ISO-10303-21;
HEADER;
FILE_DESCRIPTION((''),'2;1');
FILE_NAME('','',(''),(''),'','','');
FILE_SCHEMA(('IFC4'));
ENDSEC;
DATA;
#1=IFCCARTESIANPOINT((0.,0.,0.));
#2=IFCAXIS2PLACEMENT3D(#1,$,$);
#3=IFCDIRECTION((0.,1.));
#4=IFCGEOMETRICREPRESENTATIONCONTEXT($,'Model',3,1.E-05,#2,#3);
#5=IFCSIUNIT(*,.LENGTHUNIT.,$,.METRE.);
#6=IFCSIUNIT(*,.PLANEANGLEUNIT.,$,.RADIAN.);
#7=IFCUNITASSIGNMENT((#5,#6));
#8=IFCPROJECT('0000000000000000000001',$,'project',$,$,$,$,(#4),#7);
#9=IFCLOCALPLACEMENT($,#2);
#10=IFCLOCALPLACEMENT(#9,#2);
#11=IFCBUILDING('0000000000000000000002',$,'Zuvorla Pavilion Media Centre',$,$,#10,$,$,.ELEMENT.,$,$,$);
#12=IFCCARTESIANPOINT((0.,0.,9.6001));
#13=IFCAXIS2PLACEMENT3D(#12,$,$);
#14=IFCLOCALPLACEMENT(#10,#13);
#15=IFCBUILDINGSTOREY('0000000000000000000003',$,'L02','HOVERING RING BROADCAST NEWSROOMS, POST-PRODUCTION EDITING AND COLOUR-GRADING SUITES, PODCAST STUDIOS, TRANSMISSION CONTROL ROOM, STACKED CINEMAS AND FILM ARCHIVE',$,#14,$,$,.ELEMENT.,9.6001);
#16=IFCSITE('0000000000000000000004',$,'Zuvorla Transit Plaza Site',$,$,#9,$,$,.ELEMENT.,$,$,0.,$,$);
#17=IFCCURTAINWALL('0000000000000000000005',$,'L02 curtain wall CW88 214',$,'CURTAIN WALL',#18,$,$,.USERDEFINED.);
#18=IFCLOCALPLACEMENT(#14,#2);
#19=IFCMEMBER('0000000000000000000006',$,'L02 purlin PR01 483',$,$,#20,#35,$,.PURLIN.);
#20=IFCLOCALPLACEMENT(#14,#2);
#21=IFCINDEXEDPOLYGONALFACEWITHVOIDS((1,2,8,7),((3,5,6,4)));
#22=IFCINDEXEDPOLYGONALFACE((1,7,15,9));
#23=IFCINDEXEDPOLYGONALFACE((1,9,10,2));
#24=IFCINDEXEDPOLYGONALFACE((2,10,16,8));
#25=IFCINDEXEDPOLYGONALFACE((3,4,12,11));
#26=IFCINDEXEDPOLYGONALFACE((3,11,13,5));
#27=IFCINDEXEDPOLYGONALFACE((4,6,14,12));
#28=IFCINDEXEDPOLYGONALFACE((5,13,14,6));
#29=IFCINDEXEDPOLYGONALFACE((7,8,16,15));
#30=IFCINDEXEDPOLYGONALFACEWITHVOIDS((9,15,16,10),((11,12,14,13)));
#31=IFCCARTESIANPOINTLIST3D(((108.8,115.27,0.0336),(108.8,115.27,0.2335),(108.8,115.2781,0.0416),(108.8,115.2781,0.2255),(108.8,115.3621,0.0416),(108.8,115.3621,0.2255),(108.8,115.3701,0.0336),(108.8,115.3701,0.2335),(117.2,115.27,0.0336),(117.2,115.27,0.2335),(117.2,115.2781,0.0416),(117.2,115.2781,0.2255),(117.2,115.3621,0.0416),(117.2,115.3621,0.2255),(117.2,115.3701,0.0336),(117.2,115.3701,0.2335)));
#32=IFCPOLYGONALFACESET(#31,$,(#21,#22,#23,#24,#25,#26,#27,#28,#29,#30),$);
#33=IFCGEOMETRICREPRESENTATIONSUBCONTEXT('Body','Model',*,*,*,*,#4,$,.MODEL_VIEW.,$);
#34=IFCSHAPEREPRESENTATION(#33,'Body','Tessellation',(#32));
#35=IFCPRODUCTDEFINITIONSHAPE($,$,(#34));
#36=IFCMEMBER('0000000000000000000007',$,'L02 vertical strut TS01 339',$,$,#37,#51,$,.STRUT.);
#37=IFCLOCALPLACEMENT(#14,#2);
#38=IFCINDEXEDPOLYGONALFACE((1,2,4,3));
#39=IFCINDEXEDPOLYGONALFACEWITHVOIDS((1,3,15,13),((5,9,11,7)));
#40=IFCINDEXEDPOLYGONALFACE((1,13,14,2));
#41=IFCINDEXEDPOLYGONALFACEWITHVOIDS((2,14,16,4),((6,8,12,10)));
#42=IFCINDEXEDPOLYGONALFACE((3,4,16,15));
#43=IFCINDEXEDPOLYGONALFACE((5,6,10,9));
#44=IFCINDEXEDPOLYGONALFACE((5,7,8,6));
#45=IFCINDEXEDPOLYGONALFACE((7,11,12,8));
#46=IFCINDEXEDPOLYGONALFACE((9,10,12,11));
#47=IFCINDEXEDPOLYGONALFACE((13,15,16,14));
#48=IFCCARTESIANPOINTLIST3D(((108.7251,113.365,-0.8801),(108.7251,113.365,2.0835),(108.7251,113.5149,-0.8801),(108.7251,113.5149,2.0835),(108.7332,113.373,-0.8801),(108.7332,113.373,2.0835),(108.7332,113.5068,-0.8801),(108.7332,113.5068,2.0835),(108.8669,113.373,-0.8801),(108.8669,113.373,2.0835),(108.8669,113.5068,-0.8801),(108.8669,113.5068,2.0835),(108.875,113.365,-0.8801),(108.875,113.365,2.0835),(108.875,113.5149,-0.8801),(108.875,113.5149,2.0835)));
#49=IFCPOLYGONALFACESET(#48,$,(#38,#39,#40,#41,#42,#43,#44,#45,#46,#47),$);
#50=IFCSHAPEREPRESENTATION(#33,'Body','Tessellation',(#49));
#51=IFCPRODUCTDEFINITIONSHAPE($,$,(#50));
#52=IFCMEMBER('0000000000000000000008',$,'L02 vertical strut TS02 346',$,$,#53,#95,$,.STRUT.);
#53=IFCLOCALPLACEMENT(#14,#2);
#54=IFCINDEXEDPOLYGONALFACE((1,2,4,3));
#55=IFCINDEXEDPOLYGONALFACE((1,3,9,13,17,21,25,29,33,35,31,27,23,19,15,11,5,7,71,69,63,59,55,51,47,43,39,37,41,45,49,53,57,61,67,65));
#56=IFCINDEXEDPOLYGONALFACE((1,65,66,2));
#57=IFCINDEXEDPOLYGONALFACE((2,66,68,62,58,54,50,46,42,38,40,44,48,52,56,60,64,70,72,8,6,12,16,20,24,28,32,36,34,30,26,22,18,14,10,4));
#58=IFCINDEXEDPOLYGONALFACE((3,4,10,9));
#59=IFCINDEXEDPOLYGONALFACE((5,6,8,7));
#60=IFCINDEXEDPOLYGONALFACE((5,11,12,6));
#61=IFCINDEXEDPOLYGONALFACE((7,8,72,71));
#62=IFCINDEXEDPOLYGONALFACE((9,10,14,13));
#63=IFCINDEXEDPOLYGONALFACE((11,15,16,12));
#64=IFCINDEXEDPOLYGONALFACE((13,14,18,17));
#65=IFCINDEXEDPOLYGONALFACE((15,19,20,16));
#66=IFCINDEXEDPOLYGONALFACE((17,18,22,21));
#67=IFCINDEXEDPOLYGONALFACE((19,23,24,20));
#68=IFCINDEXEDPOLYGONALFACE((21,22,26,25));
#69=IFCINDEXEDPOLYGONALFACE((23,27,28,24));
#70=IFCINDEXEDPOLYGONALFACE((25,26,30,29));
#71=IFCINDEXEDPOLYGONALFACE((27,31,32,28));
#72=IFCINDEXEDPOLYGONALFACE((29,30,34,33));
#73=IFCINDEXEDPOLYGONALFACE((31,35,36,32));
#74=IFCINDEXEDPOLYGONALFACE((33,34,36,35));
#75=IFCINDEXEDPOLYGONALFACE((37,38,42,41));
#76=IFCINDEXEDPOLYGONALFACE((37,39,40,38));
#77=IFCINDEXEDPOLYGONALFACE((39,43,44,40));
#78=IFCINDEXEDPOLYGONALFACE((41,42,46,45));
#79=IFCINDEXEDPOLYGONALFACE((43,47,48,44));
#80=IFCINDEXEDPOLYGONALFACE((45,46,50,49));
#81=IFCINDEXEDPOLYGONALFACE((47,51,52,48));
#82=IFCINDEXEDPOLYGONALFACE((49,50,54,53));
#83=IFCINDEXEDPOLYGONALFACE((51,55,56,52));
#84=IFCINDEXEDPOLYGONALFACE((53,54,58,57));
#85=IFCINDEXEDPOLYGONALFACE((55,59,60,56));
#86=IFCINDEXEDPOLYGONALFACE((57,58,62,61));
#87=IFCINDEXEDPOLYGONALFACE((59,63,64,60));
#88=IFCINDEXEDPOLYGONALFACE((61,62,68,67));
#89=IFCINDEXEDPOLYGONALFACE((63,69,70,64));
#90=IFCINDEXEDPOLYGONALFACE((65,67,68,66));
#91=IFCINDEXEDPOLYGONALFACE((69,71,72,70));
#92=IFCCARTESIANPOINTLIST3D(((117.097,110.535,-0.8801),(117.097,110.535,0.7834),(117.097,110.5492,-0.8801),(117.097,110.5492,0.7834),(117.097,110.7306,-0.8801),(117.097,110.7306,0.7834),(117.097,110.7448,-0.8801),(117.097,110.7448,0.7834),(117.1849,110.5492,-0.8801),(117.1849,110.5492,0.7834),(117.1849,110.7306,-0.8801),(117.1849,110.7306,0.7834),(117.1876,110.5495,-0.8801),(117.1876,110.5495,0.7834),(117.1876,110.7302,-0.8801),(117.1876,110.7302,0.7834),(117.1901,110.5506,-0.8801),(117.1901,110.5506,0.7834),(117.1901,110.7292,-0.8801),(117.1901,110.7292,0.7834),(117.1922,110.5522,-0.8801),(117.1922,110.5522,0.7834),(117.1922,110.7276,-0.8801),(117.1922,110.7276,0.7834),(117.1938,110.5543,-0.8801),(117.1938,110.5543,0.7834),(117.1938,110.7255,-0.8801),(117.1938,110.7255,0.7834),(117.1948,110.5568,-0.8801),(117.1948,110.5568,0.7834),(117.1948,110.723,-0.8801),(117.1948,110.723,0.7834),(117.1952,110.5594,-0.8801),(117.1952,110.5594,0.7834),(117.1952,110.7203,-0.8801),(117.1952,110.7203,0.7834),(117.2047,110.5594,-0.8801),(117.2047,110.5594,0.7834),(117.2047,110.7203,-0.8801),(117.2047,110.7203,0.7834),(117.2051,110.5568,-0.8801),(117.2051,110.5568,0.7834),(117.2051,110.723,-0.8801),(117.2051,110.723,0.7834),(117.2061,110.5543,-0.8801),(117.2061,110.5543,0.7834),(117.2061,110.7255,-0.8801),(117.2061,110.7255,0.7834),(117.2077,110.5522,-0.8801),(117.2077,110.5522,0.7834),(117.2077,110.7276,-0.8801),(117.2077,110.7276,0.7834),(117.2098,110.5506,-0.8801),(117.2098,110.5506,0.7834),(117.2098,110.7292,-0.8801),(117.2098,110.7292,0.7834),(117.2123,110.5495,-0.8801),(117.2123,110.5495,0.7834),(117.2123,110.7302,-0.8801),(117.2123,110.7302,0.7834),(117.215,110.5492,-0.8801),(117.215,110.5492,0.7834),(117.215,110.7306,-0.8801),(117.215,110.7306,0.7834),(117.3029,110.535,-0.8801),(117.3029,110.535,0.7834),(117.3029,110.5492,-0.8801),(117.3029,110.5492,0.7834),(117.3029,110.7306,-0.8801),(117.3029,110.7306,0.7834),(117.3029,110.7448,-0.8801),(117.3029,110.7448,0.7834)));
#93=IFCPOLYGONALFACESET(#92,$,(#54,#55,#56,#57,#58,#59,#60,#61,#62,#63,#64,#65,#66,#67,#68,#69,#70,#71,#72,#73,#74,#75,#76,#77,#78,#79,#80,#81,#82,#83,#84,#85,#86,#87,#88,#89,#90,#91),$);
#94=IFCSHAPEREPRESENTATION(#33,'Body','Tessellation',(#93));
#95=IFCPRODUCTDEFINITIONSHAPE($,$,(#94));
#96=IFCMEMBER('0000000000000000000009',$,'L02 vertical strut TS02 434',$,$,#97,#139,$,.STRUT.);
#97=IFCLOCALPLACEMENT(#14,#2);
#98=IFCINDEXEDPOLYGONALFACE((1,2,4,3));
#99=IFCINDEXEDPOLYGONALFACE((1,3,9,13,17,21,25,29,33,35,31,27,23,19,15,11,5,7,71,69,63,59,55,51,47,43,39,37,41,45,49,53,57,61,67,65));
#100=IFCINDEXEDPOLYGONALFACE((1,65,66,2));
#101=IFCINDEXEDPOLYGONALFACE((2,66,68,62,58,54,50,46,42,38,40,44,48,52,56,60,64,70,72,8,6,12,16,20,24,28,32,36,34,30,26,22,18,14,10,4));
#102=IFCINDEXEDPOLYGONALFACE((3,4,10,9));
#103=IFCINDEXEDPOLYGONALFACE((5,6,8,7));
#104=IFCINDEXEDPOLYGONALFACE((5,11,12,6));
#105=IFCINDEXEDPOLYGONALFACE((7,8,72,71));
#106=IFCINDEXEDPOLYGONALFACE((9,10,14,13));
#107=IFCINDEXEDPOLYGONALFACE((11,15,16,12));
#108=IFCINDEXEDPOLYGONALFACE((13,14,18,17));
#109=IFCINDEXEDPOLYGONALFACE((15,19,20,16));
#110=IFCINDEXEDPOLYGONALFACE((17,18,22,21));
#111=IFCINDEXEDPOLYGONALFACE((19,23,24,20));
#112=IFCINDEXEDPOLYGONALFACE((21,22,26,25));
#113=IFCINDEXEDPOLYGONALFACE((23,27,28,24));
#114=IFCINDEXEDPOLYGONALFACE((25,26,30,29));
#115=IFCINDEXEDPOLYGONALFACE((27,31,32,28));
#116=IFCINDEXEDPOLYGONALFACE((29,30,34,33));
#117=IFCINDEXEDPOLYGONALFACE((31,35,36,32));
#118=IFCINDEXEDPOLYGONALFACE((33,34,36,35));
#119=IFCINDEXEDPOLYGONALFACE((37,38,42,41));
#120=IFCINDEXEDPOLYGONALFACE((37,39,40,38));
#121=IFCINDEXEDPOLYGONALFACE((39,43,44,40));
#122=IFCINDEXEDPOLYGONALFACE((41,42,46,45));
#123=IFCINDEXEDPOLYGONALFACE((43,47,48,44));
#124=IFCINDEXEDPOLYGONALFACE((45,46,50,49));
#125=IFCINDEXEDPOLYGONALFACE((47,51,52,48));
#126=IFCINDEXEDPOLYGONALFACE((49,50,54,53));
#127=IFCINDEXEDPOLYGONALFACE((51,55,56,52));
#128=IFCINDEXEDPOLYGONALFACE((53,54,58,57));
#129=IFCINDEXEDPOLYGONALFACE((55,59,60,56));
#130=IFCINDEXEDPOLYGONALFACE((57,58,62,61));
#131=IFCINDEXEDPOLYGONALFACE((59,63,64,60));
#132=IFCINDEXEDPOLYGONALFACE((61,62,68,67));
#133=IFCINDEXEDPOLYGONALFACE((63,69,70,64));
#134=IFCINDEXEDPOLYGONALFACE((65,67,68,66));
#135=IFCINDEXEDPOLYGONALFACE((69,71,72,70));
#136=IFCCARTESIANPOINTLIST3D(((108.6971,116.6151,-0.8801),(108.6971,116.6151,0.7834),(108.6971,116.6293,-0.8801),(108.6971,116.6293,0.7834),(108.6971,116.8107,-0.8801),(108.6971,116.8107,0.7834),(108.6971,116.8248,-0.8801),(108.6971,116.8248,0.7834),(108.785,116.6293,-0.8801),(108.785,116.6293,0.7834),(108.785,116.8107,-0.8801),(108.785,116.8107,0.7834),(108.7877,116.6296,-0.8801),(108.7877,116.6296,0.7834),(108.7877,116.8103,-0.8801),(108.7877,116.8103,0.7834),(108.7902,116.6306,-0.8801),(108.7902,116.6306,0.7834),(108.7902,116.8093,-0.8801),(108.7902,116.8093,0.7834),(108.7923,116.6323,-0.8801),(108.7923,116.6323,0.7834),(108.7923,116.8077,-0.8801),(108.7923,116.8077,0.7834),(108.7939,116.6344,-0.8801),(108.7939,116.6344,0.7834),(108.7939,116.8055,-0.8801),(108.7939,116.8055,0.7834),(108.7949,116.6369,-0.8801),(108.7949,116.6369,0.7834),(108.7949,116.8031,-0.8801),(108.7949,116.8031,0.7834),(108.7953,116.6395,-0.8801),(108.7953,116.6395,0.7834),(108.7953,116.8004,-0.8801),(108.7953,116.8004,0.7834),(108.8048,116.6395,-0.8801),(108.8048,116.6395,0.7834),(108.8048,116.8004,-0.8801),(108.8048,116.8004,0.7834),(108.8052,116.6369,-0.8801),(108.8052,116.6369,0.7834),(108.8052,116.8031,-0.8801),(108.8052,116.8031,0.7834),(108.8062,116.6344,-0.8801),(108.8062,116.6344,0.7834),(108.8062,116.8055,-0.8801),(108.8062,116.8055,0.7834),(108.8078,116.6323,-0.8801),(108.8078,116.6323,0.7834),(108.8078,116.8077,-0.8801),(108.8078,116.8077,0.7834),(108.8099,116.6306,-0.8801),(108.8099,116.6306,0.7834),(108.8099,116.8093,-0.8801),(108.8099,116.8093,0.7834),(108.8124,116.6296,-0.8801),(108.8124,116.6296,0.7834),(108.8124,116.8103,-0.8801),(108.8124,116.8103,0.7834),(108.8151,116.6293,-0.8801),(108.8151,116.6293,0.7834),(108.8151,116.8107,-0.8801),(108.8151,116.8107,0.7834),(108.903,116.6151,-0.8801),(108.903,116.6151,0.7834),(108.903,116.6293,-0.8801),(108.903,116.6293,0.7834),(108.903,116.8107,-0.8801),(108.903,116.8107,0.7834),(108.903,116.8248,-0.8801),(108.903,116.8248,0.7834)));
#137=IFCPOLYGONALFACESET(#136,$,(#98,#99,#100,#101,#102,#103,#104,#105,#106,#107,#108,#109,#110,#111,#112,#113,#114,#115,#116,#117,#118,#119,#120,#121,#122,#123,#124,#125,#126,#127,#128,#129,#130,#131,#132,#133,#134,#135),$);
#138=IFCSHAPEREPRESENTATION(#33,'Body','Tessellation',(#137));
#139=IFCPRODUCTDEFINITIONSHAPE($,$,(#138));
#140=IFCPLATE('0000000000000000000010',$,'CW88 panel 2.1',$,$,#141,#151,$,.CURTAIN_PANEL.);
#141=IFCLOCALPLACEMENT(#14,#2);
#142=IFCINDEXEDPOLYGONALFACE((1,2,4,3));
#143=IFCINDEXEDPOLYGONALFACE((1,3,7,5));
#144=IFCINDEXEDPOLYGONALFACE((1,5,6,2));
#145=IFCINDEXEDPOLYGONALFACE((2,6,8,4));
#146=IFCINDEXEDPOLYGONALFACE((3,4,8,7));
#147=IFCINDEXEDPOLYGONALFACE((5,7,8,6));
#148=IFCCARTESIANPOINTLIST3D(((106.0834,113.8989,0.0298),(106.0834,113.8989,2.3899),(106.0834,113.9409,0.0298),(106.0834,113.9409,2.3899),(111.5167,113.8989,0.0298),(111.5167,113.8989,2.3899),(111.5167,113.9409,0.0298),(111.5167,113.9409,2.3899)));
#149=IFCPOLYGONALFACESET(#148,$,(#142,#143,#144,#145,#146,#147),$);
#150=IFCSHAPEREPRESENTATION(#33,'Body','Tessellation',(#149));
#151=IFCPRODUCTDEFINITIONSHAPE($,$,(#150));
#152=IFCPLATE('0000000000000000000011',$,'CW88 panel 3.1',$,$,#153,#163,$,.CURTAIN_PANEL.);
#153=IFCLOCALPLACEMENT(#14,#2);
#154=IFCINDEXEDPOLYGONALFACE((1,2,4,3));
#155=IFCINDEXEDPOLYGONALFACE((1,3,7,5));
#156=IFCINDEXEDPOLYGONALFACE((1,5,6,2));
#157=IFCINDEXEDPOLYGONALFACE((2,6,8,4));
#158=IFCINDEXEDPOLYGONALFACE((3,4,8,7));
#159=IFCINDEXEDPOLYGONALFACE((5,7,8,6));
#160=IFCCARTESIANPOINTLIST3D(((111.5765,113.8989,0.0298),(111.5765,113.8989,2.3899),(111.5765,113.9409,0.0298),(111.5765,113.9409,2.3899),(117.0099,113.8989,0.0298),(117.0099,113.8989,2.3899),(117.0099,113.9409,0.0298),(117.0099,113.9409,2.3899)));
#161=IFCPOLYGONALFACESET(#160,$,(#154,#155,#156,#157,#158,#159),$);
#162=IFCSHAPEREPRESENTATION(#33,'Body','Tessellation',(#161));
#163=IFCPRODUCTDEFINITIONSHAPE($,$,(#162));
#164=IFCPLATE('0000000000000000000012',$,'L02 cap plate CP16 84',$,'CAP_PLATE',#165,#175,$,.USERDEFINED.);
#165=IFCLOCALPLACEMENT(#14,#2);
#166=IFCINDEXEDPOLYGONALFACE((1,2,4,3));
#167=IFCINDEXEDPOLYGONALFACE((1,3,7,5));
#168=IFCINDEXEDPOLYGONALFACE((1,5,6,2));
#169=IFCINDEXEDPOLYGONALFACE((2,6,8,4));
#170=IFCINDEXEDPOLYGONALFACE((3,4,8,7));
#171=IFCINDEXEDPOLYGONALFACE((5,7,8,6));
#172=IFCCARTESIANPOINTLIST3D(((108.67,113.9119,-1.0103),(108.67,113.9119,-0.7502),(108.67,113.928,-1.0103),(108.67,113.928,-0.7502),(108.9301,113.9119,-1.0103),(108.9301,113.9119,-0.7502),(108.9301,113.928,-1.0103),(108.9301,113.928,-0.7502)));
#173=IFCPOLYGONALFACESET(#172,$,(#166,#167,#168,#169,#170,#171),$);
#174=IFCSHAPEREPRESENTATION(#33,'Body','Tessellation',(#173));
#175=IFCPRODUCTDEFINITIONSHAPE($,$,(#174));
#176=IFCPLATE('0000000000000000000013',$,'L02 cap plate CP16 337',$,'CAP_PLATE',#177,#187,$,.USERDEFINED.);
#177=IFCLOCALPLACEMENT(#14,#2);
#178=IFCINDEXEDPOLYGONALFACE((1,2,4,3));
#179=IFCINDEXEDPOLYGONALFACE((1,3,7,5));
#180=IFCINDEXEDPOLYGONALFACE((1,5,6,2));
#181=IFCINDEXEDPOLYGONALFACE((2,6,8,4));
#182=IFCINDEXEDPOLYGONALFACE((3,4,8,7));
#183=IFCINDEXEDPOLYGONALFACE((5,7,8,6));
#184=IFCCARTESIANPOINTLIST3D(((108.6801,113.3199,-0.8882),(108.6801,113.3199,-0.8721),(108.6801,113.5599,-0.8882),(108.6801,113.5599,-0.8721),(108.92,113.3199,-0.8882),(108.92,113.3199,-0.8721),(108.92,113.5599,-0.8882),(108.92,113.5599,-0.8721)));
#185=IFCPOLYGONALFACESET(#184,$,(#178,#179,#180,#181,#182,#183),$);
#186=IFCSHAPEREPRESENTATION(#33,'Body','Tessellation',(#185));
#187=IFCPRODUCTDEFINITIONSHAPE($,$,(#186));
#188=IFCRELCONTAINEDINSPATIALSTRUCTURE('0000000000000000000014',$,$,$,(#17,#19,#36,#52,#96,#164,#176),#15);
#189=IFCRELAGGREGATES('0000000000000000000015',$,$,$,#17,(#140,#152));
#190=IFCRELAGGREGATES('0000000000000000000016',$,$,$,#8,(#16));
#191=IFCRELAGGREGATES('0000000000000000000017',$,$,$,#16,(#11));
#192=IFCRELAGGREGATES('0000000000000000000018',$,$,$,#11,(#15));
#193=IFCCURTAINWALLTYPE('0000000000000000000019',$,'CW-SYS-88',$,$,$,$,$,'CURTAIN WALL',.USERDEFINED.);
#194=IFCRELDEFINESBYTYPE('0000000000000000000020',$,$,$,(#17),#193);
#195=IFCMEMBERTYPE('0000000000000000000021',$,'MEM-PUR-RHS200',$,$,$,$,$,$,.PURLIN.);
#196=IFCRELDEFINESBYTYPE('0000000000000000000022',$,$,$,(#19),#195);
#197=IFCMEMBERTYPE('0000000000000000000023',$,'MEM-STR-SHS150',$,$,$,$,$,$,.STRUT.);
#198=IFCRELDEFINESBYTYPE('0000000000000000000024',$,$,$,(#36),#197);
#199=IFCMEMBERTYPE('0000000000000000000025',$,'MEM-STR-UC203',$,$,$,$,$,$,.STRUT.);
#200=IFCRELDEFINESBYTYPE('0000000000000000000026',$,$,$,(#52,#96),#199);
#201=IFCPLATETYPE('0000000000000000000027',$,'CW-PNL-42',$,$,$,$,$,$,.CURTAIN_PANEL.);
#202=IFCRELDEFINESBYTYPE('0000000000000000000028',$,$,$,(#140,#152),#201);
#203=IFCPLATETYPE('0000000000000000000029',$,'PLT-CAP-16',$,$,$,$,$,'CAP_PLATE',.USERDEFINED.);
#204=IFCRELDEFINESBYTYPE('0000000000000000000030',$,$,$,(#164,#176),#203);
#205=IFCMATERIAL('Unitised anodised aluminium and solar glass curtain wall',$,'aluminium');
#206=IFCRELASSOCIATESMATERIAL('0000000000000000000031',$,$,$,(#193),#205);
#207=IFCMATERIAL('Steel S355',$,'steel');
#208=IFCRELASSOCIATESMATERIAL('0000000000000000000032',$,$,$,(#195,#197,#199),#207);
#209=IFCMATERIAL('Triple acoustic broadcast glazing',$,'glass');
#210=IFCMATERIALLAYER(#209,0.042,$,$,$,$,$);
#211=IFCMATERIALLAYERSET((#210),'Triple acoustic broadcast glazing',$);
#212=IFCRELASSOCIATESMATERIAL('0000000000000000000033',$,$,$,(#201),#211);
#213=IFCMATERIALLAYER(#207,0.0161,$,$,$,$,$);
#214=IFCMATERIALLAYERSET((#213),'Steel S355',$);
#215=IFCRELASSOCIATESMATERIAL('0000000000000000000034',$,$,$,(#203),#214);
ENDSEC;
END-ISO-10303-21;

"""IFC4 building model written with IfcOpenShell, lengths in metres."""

from ifc_helpers import new_model, si_unit, direction, frame, origin, origin_2d, place, context, subcontext, project, spatial, rectangle, hollow_rectangle, i_section, extrude, material, layer, layer_set, material_profile, profile_set, type_object, element, aggregate, save


model = new_model("IFC4")

# Units and contexts
model_context = context("Model", 3, precision=1e-05, world=origin(), true_north=direction((0.0, 1.0)))
body_context = subcontext(model_context, "Body", "Model", "MODEL_VIEW")
ifc_project = project(units=[si_unit("LENGTHUNIT", "METRE"), si_unit("PLANEANGLEUNIT", "RADIAN")], contexts=[model_context])

# Site, building, storey
site_placement = place(None, origin())
site = spatial("IfcSite", under=ifc_project, at=site_placement, Name="Zuvorla Transit Plaza Site", CompositionType="ELEMENT", RefElevation=0.0)
building_placement = place(site_placement, origin())
building = spatial("IfcBuilding", under=site, at=building_placement, Name="Zuvorla Pavilion Media Centre", CompositionType="ELEMENT")
storey_placement = place(building_placement, frame((0.0, 0.0, 9.6001)))
storey = spatial("IfcBuildingStorey", under=building, at=storey_placement, Name="L02", Description="HOVERING RING BROADCAST NEWSROOMS, POST-PRODUCTION EDITING AND COLOUR-GRADING SUITES, PODCAST STUDIOS, TRANSMISSION CONTROL ROOM, STACKED CINEMAS AND FILM ARCHIVE", CompositionType="ELEMENT", Elevation=9.6001)

# Shared definitions
ifc_material_1 = material(Name="Steel S355", Category="steel")

# Curtain wall
ifc_material_2 = material(Name="Unitised anodised aluminium and solar glass curtain wall", Category="aluminium")
curtain_wall_type = type_object("IfcCurtainWallType", Name="CW-SYS-88", ElementType="CURTAIN WALL", PredefinedType="USERDEFINED", material=ifc_material_2)
curtain_wall_placement = place(storey_placement, origin())
curtain_wall = element("IfcCurtainWall", 1, at=curtain_wall_placement, inside=storey, type_object=curtain_wall_type, Name="L02 curtain wall CW88 214", ObjectType="CURTAIN WALL", PredefinedType="USERDEFINED")

# Members
ifc_material_profile_1 = material_profile(ifc_material_1, hollow_rectangle(XDim=0.1001, YDim=0.2, WallThickness=0.0081, at=origin_2d()), Name="RHS 200x100x8")
ifc_profile_set_1 = profile_set([ifc_material_profile_1], Name="Steel S355")
member_type_1 = type_object("IfcMemberType", Name="MEM-PUR-RHS200", PredefinedType="PURLIN", material=ifc_profile_set_1)
member_1_placement = place(storey_placement, frame((108.8, 115.3201, 0.1335), z_axis=(1.0, 0.0, 0.0), x_axis=(0.0, 1.0, 0.0)))
element("IfcMember", 2, at=member_1_placement, inside=storey, type_object=member_type_1, Name="L02 purlin PR01 483", PredefinedType="PURLIN", context=body_context, shape_type="SweptSolid", body=[
    extrude(hollow_rectangle(XDim=0.1001, YDim=0.2, WallThickness=0.0081, at=origin_2d()), origin(), (0.0, 0.0, 1.0), 8.3999),
])
ifc_material_profile_2 = material_profile(ifc_material_1, hollow_rectangle(XDim=0.1499, YDim=0.1499, WallThickness=0.0081, at=origin_2d()), Name="SHS 150x150x8")
ifc_profile_set_2 = profile_set([ifc_material_profile_2], Name="Steel S355")
member_type_2 = type_object("IfcMemberType", Name="MEM-STR-SHS150", PredefinedType="STRUT", material=ifc_profile_set_2)
member_2_placement = place(storey_placement, frame((108.8, 113.4399, -0.8801), z_axis=(0.0, 0.0, 1.0), x_axis=(1.0, 0.0, 0.0)))
element("IfcMember", 3, at=member_2_placement, inside=storey, type_object=member_type_2, Name="L02 vertical strut TS01 339", PredefinedType="STRUT", context=body_context, shape_type="SweptSolid", body=[
    extrude(hollow_rectangle(XDim=0.1499, YDim=0.1499, WallThickness=0.0081, at=origin_2d()), origin(), (0.0, 0.0, 1.0), 2.9636),
])
ifc_material_profile_3 = material_profile(ifc_material_1, i_section(OverallWidth=0.2058, OverallDepth=0.2097, WebThickness=0.0095, FlangeThickness=0.0142, FilletRadius=0.0103, at=origin_2d()), Name="UC 203x203x60")
ifc_profile_set_3 = profile_set([ifc_material_profile_3], Name="Steel S355")
member_type_3 = type_object("IfcMemberType", Name="MEM-STR-UC203", PredefinedType="STRUT", material=ifc_profile_set_3)
for number, where, z_axis, x_axis, name in (
    (4, (117.2, 110.6399, -0.8801), (0.0, 0.0, 1.0), (1.0, 0.0, 0.0), "L02 vertical strut TS02 346"),
    (5, (108.8, 116.72, -0.8801), (0.0, 0.0, 1.0), (1.0, 0.0, 0.0), "L02 vertical strut TS02 434"),
):
    element("IfcMember", number, at=place(storey_placement, frame(where, z_axis=z_axis, x_axis=x_axis)), inside=storey, type_object=member_type_3, Name=name, PredefinedType="STRUT", context=body_context, shape_type="SweptSolid", body=[
        extrude(i_section(OverallWidth=0.2058, OverallDepth=0.2097, WebThickness=0.0095, FlangeThickness=0.0142, FilletRadius=0.0103, at=origin_2d()), origin(), (0.0, 0.0, 1.0), 1.6636),
    ])

# Plates
ifc_material_3 = material(Name="Triple acoustic broadcast glazing", Category="glass")
ifc_layer_1 = layer(ifc_material_3, 0.042)
ifc_layer_set_1 = layer_set([ifc_layer_1], Name="Triple acoustic broadcast glazing")
plate_type_1 = type_object("IfcPlateType", Name="CW-PNL-42", PredefinedType="CURTAIN_PANEL", material=ifc_layer_set_1)
plate_1_placement = place(storey_placement, frame((108.8, 113.9199, 0.0298), z_axis=(0.0, 0.0, 1.0), x_axis=(1.0, 0.0, 0.0)))
plate_1 = element("IfcPlate", 6, at=plate_1_placement, type_object=plate_type_1, Name="CW88 panel 2.1", PredefinedType="CURTAIN_PANEL", context=body_context, shape_type="SweptSolid", body=[
    extrude(rectangle(XDim=5.4333, YDim=0.042, at=origin_2d()), origin(), (0.0, 0.0, 1.0), 2.3601),
])
plate_2_placement = place(storey_placement, frame((114.2932, 113.9199, 0.0298), z_axis=(0.0, 0.0, 1.0), x_axis=(1.0, 0.0, 0.0)))
plate_2 = element("IfcPlate", 7, at=plate_2_placement, type_object=plate_type_1, Name="CW88 panel 3.1", PredefinedType="CURTAIN_PANEL", context=body_context, shape_type="SweptSolid", body=[
    extrude(rectangle(XDim=5.4333, YDim=0.042, at=origin_2d()), origin(), (0.0, 0.0, 1.0), 2.3601),
])
aggregate(curtain_wall, [plate_1, plate_2])

# Plates
ifc_layer_2 = layer(ifc_material_1, 0.0161)
ifc_layer_set_2 = layer_set([ifc_layer_2], Name="Steel S355")
plate_type_2 = type_object("IfcPlateType", Name="PLT-CAP-16", ElementType="CAP_PLATE", PredefinedType="USERDEFINED", material=ifc_layer_set_2)
plate_3_placement = place(storey_placement, frame((108.8, 113.9199, -1.0103), z_axis=(0.0, 0.0, 1.0), x_axis=(1.0, 0.0, 0.0)))
element("IfcPlate", 8, at=plate_3_placement, inside=storey, type_object=plate_type_2, Name="L02 cap plate CP16 84", ObjectType="CAP_PLATE", PredefinedType="USERDEFINED", context=body_context, shape_type="SweptSolid", body=[
    extrude(rectangle(XDim=0.26, YDim=0.0161, at=origin_2d()), origin(), (0.0, 0.0, 1.0), 0.26),
])
for number, where, z_axis, x_axis, name in (
    (9, (108.8, 113.4399, -0.8882), (0.0, 0.0, 1.0), (1.0, 0.0, 0.0), "L02 cap plate CP16 337"),
):
    element("IfcPlate", number, at=place(storey_placement, frame(where, z_axis=z_axis, x_axis=x_axis)), inside=storey, type_object=plate_type_2, Name=name, ObjectType="CAP_PLATE", PredefinedType="USERDEFINED", context=body_context, shape_type="SweptSolid", body=[
        extrude(rectangle(XDim=0.24, YDim=0.24, at=origin_2d()), origin(), (0.0, 0.0, 1.0), 0.0161),
    ])

save(model, "model.ifc")
